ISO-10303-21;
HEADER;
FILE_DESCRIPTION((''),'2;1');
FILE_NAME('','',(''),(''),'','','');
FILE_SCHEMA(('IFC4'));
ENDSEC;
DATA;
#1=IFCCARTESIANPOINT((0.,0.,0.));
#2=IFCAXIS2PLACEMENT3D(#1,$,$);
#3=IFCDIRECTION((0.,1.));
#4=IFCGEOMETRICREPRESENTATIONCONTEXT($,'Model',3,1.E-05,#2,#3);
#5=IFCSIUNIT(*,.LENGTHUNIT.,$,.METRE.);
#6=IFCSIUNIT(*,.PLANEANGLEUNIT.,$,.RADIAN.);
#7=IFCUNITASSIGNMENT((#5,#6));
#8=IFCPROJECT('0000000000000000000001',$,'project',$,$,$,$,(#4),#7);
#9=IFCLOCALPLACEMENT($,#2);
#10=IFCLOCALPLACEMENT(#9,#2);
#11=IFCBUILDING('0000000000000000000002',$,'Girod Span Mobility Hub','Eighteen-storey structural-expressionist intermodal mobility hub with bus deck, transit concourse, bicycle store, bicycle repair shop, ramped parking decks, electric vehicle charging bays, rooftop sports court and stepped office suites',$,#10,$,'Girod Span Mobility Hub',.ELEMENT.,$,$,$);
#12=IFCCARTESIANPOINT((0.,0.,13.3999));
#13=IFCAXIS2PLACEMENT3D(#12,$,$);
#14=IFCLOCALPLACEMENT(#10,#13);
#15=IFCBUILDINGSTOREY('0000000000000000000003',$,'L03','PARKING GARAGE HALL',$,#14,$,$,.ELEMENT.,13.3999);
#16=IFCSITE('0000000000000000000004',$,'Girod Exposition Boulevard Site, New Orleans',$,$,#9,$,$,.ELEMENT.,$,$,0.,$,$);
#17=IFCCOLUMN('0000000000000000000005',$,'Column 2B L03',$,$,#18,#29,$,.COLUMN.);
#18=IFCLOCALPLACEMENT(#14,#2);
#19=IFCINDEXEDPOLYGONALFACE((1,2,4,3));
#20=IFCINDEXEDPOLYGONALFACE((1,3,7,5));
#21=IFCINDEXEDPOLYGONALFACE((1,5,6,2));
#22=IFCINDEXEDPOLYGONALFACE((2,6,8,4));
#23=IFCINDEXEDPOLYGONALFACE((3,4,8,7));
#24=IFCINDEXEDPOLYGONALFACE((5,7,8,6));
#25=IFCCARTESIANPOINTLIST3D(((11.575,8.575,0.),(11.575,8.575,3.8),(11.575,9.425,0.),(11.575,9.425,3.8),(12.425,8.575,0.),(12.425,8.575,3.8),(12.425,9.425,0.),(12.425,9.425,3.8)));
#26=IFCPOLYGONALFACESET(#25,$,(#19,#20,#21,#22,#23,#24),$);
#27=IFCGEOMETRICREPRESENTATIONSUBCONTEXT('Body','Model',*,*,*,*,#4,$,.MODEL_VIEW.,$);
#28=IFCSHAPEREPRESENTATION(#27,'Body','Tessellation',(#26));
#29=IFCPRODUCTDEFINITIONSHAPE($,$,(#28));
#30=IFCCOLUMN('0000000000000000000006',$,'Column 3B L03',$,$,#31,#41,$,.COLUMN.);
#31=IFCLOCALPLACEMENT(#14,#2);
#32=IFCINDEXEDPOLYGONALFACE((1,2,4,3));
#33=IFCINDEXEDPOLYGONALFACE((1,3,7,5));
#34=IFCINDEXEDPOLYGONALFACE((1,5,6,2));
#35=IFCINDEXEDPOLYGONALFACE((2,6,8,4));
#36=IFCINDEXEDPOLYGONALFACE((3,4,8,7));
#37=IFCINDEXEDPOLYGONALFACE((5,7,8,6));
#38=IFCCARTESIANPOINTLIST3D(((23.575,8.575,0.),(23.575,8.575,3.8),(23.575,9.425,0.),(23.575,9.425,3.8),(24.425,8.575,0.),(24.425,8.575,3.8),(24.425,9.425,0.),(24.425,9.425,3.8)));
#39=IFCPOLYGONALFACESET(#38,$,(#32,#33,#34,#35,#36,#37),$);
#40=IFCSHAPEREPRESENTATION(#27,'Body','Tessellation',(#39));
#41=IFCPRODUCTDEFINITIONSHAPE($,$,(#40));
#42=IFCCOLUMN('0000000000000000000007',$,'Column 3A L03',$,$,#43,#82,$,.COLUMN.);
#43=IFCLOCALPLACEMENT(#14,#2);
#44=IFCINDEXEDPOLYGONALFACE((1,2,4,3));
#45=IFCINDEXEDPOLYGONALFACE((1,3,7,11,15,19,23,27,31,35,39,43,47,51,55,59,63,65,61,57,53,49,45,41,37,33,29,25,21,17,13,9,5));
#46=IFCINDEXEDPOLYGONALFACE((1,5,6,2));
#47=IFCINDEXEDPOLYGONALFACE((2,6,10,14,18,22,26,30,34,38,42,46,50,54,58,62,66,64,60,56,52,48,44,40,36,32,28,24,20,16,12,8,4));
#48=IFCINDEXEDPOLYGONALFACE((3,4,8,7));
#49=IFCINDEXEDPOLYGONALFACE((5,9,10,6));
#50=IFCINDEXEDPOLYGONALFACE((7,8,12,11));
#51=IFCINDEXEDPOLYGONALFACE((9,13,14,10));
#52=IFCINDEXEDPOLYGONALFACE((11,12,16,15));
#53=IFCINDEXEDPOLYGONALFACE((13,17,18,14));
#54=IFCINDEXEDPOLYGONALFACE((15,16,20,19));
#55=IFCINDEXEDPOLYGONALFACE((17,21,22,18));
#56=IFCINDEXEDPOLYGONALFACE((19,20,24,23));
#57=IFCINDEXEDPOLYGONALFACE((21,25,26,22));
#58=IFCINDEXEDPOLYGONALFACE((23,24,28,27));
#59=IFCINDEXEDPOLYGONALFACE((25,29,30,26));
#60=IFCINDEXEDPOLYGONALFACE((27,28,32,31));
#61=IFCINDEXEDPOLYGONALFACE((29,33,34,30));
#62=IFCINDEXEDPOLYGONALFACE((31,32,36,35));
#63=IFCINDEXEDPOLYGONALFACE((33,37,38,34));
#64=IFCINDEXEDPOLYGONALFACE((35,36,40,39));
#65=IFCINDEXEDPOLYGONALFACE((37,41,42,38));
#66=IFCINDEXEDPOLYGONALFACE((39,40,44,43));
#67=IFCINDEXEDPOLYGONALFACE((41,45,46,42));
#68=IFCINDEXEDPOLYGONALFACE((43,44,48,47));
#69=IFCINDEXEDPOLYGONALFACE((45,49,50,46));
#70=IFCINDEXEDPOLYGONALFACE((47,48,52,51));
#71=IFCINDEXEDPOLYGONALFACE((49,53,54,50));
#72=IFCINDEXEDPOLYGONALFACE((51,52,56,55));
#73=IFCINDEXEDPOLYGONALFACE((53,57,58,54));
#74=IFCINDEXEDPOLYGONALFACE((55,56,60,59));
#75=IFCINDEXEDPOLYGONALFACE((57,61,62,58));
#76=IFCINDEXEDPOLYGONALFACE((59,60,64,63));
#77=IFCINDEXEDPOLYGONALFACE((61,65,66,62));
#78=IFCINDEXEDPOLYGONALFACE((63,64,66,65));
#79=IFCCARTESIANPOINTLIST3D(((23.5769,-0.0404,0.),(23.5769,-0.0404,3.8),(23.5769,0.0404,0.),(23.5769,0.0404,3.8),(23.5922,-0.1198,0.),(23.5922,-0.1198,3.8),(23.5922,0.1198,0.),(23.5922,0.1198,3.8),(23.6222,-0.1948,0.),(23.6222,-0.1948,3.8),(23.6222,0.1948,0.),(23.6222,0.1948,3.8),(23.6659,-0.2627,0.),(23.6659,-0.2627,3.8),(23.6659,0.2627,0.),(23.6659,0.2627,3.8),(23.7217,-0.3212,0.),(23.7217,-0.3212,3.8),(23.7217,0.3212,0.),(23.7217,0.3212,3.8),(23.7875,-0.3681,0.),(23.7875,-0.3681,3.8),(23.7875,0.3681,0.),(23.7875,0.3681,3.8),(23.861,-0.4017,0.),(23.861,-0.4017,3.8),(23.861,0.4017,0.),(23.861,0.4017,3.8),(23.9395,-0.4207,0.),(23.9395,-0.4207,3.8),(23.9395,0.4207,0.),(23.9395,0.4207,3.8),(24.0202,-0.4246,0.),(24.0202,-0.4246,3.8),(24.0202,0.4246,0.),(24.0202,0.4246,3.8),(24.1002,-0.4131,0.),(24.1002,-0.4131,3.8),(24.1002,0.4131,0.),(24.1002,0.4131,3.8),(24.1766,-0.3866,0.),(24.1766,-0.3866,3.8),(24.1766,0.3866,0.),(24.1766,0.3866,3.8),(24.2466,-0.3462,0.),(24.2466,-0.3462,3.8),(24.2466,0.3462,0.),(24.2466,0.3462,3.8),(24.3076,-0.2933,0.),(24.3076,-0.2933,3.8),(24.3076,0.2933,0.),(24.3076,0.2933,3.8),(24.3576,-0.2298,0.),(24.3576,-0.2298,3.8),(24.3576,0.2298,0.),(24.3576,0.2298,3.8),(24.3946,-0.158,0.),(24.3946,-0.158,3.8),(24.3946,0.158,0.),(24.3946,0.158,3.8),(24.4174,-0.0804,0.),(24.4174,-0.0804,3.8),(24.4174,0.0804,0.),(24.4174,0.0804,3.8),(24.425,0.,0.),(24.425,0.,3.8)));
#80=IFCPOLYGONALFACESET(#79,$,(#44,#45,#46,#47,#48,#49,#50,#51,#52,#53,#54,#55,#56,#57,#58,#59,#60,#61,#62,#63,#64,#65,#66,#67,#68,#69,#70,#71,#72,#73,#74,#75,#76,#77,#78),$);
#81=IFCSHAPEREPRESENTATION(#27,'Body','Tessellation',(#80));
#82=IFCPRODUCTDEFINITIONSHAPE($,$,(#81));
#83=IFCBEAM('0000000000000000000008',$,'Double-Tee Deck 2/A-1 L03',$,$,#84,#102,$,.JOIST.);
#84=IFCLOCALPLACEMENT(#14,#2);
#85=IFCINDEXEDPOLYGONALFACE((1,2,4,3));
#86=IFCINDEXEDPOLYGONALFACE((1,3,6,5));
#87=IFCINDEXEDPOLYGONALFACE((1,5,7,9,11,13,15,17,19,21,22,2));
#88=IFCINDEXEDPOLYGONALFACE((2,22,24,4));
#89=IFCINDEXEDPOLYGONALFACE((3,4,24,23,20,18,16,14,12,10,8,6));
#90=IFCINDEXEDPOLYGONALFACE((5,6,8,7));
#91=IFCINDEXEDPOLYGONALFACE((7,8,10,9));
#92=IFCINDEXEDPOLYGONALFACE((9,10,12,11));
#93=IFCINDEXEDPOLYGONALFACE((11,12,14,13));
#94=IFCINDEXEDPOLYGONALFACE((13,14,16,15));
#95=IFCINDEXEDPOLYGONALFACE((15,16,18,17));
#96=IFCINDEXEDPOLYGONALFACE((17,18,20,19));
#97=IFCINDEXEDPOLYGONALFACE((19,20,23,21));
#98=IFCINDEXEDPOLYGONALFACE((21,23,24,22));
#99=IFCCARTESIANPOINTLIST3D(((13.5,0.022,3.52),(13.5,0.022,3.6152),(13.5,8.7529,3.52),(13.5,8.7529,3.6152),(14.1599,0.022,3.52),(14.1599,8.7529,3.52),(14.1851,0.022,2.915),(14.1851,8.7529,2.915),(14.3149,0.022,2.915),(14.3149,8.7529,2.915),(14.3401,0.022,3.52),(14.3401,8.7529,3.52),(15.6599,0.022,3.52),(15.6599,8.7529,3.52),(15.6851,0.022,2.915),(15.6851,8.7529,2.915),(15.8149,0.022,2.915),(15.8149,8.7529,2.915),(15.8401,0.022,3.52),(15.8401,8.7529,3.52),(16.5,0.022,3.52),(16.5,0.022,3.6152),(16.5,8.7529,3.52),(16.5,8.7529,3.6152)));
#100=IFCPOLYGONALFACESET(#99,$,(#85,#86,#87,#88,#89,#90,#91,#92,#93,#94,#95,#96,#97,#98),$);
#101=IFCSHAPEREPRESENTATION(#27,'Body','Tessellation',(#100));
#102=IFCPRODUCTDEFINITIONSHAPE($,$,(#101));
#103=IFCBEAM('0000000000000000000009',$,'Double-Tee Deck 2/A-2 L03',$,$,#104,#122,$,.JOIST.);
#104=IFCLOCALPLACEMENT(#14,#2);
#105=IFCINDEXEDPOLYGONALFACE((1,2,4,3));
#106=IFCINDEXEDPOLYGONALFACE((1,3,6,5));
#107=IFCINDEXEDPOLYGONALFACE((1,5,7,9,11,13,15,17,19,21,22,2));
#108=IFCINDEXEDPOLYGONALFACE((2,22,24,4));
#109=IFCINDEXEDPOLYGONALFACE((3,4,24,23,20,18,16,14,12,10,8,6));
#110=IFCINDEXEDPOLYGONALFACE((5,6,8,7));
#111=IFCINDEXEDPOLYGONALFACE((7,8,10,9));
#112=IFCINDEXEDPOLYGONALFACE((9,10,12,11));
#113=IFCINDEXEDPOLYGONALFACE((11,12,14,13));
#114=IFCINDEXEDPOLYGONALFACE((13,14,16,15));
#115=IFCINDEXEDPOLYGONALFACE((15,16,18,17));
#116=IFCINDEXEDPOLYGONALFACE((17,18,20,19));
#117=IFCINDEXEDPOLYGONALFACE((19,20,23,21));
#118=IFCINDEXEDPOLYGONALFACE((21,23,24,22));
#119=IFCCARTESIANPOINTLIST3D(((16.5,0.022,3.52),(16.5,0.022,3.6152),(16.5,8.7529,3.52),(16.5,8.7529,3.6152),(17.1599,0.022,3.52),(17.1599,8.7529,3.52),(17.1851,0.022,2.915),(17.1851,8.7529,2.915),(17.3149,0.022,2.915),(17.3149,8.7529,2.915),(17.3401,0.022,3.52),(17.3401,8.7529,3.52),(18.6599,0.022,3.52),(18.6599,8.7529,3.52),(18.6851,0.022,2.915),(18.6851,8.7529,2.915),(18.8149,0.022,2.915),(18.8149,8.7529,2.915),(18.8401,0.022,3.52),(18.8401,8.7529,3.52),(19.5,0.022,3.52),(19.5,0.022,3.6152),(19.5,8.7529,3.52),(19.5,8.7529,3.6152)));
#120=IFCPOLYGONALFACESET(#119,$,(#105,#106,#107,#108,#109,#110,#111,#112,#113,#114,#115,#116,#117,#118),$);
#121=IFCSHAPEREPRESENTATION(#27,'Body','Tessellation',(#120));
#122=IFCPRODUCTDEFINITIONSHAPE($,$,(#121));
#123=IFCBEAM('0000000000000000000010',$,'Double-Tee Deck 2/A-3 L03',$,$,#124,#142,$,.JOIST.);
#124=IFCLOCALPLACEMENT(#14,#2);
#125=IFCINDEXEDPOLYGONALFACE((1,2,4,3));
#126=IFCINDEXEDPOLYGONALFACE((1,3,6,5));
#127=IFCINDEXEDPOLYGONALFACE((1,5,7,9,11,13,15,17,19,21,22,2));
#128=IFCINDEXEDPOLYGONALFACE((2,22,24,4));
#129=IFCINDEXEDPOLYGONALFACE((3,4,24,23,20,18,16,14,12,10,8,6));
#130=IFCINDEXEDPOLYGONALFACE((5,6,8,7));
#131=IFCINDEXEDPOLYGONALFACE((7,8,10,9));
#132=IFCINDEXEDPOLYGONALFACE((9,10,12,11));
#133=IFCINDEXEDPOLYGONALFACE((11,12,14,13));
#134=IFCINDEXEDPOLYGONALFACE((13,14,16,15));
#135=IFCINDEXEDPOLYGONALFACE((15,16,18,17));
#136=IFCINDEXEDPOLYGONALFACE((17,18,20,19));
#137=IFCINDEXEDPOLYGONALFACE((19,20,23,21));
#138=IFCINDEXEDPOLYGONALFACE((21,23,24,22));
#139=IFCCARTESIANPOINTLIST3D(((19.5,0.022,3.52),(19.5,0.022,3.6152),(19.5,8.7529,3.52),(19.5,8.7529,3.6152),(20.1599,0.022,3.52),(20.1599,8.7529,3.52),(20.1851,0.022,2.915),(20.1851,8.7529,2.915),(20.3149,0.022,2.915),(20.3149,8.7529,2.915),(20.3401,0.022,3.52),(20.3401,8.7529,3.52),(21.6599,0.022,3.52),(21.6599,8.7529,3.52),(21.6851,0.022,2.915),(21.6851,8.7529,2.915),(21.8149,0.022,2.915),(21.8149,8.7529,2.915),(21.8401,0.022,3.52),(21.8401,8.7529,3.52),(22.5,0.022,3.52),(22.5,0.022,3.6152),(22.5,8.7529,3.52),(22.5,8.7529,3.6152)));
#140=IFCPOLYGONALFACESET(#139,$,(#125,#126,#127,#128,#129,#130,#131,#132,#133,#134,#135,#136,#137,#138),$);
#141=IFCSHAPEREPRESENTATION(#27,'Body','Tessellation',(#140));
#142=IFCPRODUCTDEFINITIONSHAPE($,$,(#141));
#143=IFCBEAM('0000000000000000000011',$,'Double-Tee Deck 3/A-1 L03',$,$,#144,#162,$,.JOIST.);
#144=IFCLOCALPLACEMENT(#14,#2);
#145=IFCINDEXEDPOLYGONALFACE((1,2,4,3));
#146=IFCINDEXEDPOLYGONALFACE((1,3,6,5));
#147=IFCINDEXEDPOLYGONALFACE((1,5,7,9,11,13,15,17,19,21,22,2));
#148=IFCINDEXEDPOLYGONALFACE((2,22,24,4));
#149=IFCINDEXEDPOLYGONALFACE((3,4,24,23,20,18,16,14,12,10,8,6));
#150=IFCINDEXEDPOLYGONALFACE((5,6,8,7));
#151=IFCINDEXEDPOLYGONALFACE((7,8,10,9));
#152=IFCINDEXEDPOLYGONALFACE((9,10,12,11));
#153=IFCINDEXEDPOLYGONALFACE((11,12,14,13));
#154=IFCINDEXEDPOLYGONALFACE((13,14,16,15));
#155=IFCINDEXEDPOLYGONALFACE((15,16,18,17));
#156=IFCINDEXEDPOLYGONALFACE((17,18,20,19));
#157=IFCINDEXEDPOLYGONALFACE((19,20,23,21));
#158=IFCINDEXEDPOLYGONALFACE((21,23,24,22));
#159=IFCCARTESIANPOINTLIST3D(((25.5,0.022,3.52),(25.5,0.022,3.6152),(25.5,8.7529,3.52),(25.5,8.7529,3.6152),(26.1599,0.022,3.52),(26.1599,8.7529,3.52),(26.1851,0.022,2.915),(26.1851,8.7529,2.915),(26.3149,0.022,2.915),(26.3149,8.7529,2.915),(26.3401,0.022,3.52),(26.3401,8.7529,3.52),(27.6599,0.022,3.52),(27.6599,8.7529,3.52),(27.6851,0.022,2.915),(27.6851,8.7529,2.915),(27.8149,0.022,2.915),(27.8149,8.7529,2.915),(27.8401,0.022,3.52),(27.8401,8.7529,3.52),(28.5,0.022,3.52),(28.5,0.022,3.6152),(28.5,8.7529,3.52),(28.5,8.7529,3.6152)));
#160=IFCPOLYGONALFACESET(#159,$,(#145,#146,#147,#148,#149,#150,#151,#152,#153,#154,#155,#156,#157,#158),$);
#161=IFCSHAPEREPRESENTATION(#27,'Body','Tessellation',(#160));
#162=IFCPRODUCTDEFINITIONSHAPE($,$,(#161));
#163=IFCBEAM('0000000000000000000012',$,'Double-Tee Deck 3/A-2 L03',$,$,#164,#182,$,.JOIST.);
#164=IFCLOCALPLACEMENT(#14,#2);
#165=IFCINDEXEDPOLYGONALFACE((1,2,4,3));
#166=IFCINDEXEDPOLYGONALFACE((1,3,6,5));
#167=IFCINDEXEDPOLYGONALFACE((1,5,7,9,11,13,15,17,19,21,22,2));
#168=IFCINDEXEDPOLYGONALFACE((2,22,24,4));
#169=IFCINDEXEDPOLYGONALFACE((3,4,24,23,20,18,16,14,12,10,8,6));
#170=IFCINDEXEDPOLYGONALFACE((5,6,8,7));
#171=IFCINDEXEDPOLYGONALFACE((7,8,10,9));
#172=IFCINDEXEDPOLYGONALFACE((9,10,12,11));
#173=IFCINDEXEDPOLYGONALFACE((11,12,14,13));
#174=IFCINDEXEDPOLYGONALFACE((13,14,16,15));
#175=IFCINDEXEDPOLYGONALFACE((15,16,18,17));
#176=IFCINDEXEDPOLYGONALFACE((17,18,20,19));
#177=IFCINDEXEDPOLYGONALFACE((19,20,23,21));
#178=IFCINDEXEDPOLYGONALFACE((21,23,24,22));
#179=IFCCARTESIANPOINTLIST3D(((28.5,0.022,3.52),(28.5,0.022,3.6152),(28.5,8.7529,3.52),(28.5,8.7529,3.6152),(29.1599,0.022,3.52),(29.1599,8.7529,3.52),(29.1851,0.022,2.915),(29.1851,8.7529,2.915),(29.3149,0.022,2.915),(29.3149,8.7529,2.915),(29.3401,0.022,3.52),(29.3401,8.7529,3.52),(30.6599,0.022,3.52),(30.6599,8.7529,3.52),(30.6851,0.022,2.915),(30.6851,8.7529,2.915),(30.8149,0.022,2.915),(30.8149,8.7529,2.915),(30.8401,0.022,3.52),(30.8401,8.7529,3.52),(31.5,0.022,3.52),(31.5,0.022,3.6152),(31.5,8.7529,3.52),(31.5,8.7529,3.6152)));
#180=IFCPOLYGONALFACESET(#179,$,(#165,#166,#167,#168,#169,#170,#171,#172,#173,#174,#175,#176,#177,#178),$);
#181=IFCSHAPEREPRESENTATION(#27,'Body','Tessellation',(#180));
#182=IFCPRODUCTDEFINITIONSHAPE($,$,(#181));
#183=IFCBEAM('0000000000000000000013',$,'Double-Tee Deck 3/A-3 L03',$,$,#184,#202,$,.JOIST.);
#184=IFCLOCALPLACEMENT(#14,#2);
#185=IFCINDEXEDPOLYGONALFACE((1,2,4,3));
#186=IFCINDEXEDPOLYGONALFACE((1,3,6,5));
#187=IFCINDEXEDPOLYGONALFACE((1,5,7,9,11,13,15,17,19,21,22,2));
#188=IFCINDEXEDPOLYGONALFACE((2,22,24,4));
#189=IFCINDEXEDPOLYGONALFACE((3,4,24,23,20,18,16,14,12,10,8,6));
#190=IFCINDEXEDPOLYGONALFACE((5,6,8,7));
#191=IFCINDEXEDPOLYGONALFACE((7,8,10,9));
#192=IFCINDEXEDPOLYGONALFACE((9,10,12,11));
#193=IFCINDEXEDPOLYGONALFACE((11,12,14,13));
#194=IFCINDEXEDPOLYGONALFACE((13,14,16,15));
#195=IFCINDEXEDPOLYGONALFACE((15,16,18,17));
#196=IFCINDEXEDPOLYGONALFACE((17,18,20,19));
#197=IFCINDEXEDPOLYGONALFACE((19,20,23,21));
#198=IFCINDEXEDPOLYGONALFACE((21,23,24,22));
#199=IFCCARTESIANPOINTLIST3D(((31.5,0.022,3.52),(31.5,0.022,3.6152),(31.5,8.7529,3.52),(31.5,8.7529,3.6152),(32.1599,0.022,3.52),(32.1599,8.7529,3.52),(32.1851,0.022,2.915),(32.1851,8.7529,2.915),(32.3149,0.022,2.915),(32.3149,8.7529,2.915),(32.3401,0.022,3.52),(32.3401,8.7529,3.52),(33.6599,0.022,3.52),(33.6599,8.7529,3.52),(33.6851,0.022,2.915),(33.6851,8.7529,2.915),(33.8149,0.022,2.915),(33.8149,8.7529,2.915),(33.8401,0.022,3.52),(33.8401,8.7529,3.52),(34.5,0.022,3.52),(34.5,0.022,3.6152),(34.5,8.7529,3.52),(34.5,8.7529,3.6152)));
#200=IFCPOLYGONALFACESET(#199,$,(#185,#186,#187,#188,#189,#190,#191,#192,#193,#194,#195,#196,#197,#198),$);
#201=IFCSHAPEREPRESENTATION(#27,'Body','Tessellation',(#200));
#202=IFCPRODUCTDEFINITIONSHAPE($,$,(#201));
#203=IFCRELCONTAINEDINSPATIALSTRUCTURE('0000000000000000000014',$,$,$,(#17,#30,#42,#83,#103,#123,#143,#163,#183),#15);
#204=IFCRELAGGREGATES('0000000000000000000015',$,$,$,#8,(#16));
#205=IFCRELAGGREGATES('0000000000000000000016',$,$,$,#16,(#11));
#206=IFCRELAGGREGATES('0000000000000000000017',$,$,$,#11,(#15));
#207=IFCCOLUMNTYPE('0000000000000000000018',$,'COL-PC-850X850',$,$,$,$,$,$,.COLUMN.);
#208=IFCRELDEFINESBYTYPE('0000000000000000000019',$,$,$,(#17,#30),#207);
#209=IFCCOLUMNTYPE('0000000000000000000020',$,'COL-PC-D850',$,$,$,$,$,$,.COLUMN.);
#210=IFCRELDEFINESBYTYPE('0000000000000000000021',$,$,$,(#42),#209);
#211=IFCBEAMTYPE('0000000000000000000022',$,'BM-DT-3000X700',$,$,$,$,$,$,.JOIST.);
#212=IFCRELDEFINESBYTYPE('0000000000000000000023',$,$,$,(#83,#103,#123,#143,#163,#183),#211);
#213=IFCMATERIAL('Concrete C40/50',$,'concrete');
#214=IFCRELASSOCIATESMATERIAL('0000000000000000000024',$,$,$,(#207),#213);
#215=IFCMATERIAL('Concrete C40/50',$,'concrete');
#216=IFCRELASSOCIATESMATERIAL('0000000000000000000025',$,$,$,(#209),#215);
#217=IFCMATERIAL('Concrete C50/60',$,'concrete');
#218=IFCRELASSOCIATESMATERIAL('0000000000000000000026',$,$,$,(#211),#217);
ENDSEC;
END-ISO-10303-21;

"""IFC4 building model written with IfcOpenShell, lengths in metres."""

from ifc_helpers import new_model, si_unit, direction, frame, origin, origin_2d, place, context, subcontext, project, spatial, polyline, rectangle, circle, outline, extrude, material, material_profile, profile_set, type_object, element, save


model = new_model("IFC4")

# Units and contexts
model_context = context("Model", 3, precision=1e-05, world=origin(), true_north=direction((0.0, 1.0)))
body_context = subcontext(model_context, "Body", "Model", "MODEL_VIEW")
ifc_project = project(units=[si_unit("LENGTHUNIT", "METRE"), si_unit("PLANEANGLEUNIT", "RADIAN")], contexts=[model_context])

# Site, building, storey
site_placement = place(None, origin())
site = spatial("IfcSite", under=ifc_project, at=site_placement, Name="Girod Exposition Boulevard Site, New Orleans", CompositionType="ELEMENT", RefElevation=0.0)
building_placement = place(site_placement, origin())
building = spatial("IfcBuilding", under=site, at=building_placement, Name="Girod Span Mobility Hub", Description="Eighteen-storey structural-expressionist intermodal mobility hub with bus deck, transit concourse, bicycle store, bicycle repair shop, ramped parking decks, electric vehicle charging bays, rooftop sports court and stepped office suites", LongName="Girod Span Mobility Hub", CompositionType="ELEMENT")
storey_placement = place(building_placement, frame((0.0, 0.0, 13.3999)))
storey = spatial("IfcBuildingStorey", under=building, at=storey_placement, Name="L03", Description="PARKING GARAGE HALL", CompositionType="ELEMENT", Elevation=13.3999)

# Columns
ifc_material_1 = material(Name="Concrete C40/50", Category="concrete")
ifc_material_profile_1 = material_profile(ifc_material_1, rectangle(XDim=0.8501, YDim=0.8501, at=origin_2d()), Name="PC-COL-850X850")
ifc_profile_set_1 = profile_set([ifc_material_profile_1], Name="Concrete C40/50")
column_type_1 = type_object("IfcColumnType", Name="COL-PC-850X850", PredefinedType="COLUMN", material=ifc_profile_set_1)
for number, where, z_axis, x_axis, name in (
    (1, (12.0, 9.0, 0.0), (0.0, 0.0, 1.0), (1.0, 0.0, 0.0), "Column 2B L03"),
    (2, (24.0, 9.0, 0.0), (0.0, 0.0, 1.0), (1.0, 0.0, 0.0), "Column 3B L03"),
):
    element("IfcColumn", number, at=place(storey_placement, frame(where, z_axis=z_axis, x_axis=x_axis)), inside=storey, type_object=column_type_1, Name=name, PredefinedType="COLUMN", context=body_context, shape_type="SweptSolid", body=[
        extrude(rectangle(XDim=0.8501, YDim=0.8501, at=origin_2d()), origin(), (0.0, 0.0, 1.0), 3.8),
    ])
ifc_material_2 = material(Name="Concrete C40/50", Category="concrete")
ifc_material_profile_2 = material_profile(ifc_material_2, circle(Radius=0.425, at=origin_2d()), Name="PC-CIR-D850")
ifc_profile_set_2 = profile_set([ifc_material_profile_2], Name="Concrete C40/50")
column_type_2 = type_object("IfcColumnType", Name="COL-PC-D850", PredefinedType="COLUMN", material=ifc_profile_set_2)
column_placement = place(storey_placement, frame((24.0, 0.0, 0.0), z_axis=(0.0, 0.0, 1.0), x_axis=(1.0, 0.0, 0.0)))
element("IfcColumn", 3, at=column_placement, inside=storey, type_object=column_type_2, Name="Column 3A L03", PredefinedType="COLUMN", context=body_context, shape_type="SweptSolid", body=[
    extrude(circle(Radius=0.425, at=origin_2d()), origin(), (0.0, 0.0, 1.0), 3.8),
])

# Beams
ifc_material_3 = material(Name="Concrete C50/60", Category="concrete")
ifc_material_profile_3 = material_profile(ifc_material_3, outline(polyline([(-1.5, 0.3501), (-1.5, 0.2549), (-0.8401, 0.2549), (-0.8149, -0.3501), (-0.6851, -0.3501), (-0.6599, 0.2549), (0.6599, 0.2549), (0.6851, -0.3501), (0.8149, -0.3501), (0.8401, 0.2549), (1.5, 0.2549), (1.5, 0.3501), (-1.5, 0.3501)])), Name="DT-3000X700")
ifc_profile_set_3 = profile_set([ifc_material_profile_3], Name="Concrete C50/60")
beam_type_1 = type_object("IfcBeamType", Name="BM-DT-3000X700", PredefinedType="JOIST", material=ifc_profile_set_3)
for number, where, z_axis, x_axis, name in (
    (4, (15.0, 0.022, 3.2651), (0.0, 1.0, 0.0), (-1.0, 0.0, 0.0), "Double-Tee Deck 2/A-1 L03"),
    (5, (18.0, 0.022, 3.2651), (0.0, 1.0, 0.0), (-1.0, 0.0, 0.0), "Double-Tee Deck 2/A-2 L03"),
    (6, (21.0, 0.022, 3.2651), (0.0, 1.0, 0.0), (-1.0, 0.0, 0.0), "Double-Tee Deck 2/A-3 L03"),
    (7, (27.0, 0.022, 3.2651), (0.0, 1.0, 0.0), (-1.0, 0.0, 0.0), "Double-Tee Deck 3/A-1 L03"),
    (8, (30.0, 0.022, 3.2651), (0.0, 1.0, 0.0), (-1.0, 0.0, 0.0), "Double-Tee Deck 3/A-2 L03"),
    (9, (33.0, 0.022, 3.2651), (0.0, 1.0, 0.0), (-1.0, 0.0, 0.0), "Double-Tee Deck 3/A-3 L03"),
):
    element("IfcBeam", number, at=place(storey_placement, frame(where, z_axis=z_axis, x_axis=x_axis)), inside=storey, type_object=beam_type_1, Name=name, PredefinedType="JOIST", context=body_context, shape_type="SweptSolid", body=[
        extrude(outline(polyline([(-1.5, 0.3501), (-1.5, 0.2549), (-0.8401, 0.2549), (-0.8149, -0.3501), (-0.6851, -0.3501), (-0.6599, 0.2549), (0.6599, 0.2549), (0.6851, -0.3501), (0.8149, -0.3501), (0.8401, 0.2549), (1.5, 0.2549), (1.5, 0.3501), (-1.5, 0.3501)])), origin(), (0.0, 0.0, 1.0), 8.731),
    ])

save(model, "model.ifc")
